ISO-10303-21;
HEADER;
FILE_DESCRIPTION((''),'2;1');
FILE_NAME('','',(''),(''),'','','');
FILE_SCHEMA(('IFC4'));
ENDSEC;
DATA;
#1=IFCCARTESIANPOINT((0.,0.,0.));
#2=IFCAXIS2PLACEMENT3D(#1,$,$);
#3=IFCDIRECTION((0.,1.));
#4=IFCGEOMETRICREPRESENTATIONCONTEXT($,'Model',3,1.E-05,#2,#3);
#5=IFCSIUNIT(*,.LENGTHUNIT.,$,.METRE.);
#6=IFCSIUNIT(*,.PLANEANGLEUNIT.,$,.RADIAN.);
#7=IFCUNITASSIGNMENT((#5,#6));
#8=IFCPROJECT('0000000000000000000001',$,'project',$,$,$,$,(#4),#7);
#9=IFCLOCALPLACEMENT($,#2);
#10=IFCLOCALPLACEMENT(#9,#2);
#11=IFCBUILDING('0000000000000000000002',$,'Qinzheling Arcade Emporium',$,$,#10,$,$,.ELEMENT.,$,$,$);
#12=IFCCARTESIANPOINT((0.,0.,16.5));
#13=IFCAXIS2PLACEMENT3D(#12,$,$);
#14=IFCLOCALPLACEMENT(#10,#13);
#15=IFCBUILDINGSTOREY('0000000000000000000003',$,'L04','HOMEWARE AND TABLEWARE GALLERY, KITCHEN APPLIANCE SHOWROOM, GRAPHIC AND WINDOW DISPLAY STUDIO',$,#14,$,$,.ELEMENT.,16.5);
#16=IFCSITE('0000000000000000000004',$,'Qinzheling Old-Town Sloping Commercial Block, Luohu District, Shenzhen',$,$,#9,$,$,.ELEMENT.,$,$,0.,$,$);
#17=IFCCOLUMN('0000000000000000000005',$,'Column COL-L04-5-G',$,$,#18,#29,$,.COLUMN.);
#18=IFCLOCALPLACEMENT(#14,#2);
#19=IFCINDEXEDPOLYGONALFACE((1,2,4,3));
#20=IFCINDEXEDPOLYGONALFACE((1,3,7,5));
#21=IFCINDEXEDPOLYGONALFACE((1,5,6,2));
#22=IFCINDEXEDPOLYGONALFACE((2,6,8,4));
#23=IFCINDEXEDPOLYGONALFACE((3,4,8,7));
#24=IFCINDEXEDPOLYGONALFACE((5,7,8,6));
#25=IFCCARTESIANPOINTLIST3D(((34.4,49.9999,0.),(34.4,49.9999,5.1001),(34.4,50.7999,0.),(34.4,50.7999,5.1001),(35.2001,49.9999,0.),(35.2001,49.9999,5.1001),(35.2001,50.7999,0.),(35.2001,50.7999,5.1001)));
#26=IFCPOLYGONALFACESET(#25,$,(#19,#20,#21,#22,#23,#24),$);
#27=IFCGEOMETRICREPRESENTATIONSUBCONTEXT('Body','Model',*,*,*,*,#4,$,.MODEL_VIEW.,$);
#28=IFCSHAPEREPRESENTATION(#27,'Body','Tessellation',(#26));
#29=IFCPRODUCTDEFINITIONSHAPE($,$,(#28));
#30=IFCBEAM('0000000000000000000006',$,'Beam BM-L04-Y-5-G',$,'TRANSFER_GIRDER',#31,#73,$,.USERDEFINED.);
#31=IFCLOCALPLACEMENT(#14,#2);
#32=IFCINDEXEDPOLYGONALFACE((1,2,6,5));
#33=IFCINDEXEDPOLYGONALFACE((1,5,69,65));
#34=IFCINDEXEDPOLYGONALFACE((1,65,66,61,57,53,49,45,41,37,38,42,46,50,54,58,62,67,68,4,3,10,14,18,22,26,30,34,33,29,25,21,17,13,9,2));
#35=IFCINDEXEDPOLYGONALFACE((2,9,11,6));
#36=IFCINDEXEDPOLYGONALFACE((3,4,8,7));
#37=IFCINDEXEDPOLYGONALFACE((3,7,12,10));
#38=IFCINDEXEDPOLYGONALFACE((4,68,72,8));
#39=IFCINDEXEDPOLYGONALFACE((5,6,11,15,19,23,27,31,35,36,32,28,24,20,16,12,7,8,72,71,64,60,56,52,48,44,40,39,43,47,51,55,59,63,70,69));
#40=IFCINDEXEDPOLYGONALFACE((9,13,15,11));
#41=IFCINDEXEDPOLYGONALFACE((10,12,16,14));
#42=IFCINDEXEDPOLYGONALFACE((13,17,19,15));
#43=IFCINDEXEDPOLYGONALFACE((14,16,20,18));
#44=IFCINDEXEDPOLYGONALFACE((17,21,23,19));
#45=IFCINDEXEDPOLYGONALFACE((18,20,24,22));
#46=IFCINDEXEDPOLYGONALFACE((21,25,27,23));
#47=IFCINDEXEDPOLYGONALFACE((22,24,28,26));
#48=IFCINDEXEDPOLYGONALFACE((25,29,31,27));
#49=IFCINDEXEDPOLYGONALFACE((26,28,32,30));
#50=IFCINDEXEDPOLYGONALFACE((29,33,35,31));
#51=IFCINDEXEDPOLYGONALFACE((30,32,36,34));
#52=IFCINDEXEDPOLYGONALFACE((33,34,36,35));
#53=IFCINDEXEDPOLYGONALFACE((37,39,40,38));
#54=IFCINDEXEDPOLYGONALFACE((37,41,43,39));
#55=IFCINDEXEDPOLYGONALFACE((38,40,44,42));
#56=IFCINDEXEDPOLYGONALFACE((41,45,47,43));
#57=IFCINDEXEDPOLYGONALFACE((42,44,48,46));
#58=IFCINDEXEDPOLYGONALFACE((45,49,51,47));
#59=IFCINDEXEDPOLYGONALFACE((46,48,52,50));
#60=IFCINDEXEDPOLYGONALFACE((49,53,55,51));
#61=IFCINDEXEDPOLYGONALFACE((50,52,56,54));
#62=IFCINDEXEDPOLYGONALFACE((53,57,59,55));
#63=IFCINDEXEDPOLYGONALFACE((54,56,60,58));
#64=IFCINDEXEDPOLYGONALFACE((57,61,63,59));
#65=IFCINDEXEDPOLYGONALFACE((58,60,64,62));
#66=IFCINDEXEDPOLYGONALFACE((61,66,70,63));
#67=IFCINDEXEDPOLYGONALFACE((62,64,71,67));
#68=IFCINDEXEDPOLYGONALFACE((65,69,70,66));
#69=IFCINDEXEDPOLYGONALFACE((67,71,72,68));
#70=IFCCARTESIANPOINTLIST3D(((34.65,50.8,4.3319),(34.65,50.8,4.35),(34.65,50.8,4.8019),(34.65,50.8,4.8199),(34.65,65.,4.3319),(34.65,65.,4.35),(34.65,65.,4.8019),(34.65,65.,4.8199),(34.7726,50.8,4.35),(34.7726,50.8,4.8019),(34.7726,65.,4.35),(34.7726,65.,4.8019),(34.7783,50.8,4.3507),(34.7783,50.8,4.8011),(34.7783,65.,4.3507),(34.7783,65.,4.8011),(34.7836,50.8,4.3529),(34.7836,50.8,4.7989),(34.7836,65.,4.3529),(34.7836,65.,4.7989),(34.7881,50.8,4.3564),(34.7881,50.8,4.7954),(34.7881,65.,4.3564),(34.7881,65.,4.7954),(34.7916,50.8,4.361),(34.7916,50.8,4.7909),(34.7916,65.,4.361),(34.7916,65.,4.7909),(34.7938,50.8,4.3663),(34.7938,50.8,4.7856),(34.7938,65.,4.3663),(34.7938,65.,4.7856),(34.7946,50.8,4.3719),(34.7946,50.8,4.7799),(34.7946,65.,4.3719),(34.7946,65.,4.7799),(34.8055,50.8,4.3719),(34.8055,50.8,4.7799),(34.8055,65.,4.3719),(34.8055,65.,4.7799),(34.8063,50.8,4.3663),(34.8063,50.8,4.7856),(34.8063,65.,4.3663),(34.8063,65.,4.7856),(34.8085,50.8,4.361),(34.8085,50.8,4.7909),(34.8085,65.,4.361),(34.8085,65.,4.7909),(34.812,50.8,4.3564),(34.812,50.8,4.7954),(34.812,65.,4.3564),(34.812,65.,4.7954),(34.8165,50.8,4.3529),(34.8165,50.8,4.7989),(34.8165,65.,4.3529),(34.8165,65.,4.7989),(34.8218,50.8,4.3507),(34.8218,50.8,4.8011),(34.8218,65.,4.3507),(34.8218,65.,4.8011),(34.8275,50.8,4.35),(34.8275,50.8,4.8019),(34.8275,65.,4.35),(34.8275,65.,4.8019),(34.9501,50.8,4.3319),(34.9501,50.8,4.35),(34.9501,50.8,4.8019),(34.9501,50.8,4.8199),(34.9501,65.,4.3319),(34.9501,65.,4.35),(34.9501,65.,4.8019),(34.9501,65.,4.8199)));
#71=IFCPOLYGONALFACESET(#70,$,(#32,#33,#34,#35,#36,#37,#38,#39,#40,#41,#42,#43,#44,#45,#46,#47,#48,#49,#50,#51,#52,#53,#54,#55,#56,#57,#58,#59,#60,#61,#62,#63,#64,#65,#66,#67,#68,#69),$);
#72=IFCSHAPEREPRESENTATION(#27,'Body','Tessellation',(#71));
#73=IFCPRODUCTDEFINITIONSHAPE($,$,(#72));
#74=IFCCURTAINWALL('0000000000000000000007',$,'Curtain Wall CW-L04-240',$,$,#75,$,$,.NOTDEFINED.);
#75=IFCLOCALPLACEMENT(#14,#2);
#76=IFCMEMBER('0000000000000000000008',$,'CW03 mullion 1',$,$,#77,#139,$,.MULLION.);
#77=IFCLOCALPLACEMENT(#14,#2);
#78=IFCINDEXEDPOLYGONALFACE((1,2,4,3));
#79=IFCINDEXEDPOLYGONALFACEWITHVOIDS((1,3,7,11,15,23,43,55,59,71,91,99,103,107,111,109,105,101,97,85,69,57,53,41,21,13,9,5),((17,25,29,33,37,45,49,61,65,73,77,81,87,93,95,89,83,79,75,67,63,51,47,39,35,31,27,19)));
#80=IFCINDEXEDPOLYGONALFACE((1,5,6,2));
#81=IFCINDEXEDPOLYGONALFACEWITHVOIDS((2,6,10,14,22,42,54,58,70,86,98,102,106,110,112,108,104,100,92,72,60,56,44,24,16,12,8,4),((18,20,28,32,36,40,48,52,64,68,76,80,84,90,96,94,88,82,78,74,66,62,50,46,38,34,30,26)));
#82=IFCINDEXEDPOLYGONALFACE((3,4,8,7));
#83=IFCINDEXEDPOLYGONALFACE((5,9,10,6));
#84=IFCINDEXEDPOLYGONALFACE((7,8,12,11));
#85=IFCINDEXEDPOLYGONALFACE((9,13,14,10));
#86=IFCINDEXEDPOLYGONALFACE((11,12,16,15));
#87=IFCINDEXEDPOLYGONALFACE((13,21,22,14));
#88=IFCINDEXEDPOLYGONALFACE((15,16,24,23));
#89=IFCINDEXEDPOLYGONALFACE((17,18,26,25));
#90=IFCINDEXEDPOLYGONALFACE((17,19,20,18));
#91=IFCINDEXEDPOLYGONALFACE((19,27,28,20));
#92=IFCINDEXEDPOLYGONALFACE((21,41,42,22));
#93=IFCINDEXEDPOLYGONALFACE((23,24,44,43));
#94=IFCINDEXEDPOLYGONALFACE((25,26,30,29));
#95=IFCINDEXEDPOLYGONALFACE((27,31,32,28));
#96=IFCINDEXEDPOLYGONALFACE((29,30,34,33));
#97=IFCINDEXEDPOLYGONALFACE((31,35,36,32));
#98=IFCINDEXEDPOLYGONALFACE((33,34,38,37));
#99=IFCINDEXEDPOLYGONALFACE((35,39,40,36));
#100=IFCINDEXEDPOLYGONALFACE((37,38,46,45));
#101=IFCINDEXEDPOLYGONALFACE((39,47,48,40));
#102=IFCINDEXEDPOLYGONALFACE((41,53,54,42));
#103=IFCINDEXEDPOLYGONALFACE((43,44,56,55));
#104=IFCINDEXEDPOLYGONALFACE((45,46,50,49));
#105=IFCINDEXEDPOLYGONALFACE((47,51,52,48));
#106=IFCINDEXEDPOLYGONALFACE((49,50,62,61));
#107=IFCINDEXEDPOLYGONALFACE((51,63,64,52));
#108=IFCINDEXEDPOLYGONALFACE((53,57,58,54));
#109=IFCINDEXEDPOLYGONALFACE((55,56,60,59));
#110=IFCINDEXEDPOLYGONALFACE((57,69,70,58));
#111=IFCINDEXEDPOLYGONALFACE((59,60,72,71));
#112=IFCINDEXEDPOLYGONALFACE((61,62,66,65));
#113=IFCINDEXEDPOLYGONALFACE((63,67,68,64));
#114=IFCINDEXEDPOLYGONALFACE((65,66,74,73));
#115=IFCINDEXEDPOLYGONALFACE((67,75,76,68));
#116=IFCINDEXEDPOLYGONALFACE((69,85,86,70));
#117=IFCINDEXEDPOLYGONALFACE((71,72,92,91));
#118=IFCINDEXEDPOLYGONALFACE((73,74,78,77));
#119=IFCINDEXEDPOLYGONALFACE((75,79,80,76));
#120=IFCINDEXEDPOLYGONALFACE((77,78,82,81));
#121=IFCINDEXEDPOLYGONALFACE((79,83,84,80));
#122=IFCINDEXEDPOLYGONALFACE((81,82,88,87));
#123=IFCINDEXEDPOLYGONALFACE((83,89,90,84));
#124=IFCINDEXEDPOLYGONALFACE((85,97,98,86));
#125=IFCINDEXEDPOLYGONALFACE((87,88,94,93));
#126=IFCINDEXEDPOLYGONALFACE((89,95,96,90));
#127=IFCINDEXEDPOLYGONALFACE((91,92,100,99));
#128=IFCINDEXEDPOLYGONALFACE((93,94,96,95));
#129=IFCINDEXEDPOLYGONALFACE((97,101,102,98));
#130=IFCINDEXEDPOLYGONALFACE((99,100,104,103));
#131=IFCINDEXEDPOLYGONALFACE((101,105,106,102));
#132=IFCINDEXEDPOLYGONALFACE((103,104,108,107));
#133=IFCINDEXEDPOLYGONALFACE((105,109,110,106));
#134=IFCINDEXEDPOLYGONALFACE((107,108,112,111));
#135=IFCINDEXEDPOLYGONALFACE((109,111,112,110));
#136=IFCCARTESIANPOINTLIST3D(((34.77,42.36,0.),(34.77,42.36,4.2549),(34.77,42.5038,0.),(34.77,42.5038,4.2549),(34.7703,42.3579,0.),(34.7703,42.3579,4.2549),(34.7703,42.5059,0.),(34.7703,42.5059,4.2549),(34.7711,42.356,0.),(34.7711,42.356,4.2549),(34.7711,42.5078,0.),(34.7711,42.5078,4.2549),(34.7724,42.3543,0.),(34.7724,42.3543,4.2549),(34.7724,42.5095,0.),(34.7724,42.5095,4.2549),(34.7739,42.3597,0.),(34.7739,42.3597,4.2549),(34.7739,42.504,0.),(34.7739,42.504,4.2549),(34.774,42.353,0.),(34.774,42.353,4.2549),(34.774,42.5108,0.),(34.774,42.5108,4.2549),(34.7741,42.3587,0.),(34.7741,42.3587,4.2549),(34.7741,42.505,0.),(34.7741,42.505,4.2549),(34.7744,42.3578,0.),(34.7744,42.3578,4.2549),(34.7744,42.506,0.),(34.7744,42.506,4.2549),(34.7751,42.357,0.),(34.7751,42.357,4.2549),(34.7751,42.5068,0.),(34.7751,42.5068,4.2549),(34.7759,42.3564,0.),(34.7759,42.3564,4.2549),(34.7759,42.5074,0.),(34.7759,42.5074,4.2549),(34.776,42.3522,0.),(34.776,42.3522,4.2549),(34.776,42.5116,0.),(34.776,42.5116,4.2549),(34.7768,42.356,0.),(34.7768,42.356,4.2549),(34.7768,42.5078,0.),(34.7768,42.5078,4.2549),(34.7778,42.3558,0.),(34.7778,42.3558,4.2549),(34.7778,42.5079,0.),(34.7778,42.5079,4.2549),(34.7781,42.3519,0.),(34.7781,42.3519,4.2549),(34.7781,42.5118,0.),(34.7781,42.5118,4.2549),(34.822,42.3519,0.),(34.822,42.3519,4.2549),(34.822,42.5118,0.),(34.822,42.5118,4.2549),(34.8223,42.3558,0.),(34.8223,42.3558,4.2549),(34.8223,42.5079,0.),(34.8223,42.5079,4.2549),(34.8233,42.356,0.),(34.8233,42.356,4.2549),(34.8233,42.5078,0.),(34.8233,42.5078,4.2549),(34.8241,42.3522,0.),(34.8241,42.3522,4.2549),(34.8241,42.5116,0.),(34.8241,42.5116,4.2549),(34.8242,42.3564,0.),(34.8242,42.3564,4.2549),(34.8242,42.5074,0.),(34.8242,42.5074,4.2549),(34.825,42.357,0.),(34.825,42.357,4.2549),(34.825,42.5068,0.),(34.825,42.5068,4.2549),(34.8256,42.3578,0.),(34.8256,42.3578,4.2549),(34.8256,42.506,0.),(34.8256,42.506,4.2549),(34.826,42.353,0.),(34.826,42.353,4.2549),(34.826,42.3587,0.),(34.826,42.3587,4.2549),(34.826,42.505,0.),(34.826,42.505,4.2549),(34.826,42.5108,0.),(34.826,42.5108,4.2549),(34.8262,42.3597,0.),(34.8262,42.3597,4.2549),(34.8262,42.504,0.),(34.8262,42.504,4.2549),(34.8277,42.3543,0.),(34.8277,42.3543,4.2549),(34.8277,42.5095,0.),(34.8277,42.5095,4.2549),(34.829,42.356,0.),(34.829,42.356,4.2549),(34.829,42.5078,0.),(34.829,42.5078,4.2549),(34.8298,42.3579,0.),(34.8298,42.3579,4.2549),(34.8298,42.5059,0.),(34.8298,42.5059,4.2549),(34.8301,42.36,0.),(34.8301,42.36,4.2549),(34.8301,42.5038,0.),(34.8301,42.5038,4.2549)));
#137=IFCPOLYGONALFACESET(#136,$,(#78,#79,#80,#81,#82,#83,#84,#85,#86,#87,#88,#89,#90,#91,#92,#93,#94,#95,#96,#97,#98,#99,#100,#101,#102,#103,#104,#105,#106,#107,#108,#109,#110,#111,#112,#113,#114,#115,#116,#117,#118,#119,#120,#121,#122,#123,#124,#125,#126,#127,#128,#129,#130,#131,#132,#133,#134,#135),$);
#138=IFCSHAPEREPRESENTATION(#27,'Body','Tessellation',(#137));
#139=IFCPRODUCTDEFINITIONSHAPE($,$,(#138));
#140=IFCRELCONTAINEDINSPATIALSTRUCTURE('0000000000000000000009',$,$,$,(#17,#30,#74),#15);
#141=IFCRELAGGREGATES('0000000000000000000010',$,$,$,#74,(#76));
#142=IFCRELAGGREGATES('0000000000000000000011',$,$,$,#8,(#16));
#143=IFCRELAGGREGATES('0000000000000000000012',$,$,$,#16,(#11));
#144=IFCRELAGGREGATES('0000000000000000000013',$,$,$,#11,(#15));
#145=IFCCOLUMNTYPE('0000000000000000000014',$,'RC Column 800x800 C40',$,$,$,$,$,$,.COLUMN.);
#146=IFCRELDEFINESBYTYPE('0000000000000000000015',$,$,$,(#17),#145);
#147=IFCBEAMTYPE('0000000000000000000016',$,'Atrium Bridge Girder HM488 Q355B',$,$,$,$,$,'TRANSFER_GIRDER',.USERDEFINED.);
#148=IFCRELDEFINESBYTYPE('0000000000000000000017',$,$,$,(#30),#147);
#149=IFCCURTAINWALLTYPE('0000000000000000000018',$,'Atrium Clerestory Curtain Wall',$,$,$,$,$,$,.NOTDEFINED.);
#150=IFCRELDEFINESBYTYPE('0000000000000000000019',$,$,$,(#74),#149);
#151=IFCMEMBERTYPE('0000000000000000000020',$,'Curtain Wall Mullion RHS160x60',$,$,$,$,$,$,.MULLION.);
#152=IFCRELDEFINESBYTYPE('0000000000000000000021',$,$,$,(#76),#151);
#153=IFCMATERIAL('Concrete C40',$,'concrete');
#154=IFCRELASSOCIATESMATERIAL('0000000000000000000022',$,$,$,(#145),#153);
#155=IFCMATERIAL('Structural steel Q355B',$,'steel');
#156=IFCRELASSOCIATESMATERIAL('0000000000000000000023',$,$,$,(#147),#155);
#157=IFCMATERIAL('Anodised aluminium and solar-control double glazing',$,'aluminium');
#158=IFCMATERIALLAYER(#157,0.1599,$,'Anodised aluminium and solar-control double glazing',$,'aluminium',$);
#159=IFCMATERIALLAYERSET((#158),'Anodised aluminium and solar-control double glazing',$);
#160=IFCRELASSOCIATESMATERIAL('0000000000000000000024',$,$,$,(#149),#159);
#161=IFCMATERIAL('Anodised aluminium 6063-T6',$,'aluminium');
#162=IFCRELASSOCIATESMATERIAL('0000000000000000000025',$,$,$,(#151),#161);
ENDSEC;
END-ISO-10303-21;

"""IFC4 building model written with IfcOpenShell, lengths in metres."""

from ifc_helpers import new_model, si_unit, direction, frame, origin, origin_2d, place, context, subcontext, project, spatial, rectangle, hollow_rectangle, i_section, extrude, material, layer, layer_set, material_profile, profile_set, type_object, element, aggregate, save


model = new_model("IFC4")

# Units and contexts
model_context = context("Model", 3, precision=1e-05, world=origin(), true_north=direction((0.0, 1.0)))
body_context = subcontext(model_context, "Body", "Model", "MODEL_VIEW")
ifc_project = project(units=[si_unit("LENGTHUNIT", "METRE"), si_unit("PLANEANGLEUNIT", "RADIAN")], contexts=[model_context])

# Site, building, storey
site_placement = place(None, origin())
site = spatial("IfcSite", under=ifc_project, at=site_placement, Name="Qinzheling Old-Town Sloping Commercial Block, Luohu District, Shenzhen", CompositionType="ELEMENT", RefElevation=0.0)
building_placement = place(site_placement, origin())
building = spatial("IfcBuilding", under=site, at=building_placement, Name="Qinzheling Arcade Emporium", CompositionType="ELEMENT")
storey_placement = place(building_placement, frame((0.0, 0.0, 16.5)))
storey = spatial("IfcBuildingStorey", under=building, at=storey_placement, Name="L04", Description="HOMEWARE AND TABLEWARE GALLERY, KITCHEN APPLIANCE SHOWROOM, GRAPHIC AND WINDOW DISPLAY STUDIO", CompositionType="ELEMENT", Elevation=16.5)

# Column
ifc_material_1 = material(Name="Concrete C40", Category="concrete")
ifc_material_profile_1 = material_profile(ifc_material_1, rectangle(XDim=0.8, YDim=0.8, at=origin_2d()), Name="RC 800x800", Category="concrete")
ifc_profile_set_1 = profile_set([ifc_material_profile_1], Name="Concrete C40")
column_type = type_object("IfcColumnType", Name="RC Column 800x800 C40", PredefinedType="COLUMN", material=ifc_profile_set_1)
column_placement = place(storey_placement, frame((34.8, 50.3999, 0.0), z_axis=(0.0, 0.0, 1.0), x_axis=(1.0, 0.0, 0.0)))
element("IfcColumn", 1, at=column_placement, inside=storey, type_object=column_type, Name="Column COL-L04-5-G", PredefinedType="COLUMN", context=body_context, shape_type="SweptSolid", body=[
    extrude(rectangle(XDim=0.8, YDim=0.8, at=origin_2d()), origin(), (0.0, 0.0, 1.0), 5.1001),
])

# Beam
ifc_material_2 = material(Name="Structural steel Q355B", Category="steel")
ifc_material_profile_2 = material_profile(ifc_material_2, i_section(OverallWidth=0.3, OverallDepth=0.488, WebThickness=0.011, FlangeThickness=0.0181, FilletRadius=0.022, at=origin_2d()), Name="HM 488x300x11x18", Category="steel")
ifc_profile_set_2 = profile_set([ifc_material_profile_2], Name="Structural steel Q355B")
beam_type_1 = type_object("IfcBeamType", Name="Atrium Bridge Girder HM488 Q355B", ElementType="TRANSFER_GIRDER", PredefinedType="USERDEFINED", material=ifc_profile_set_2)
beam_1_placement = place(storey_placement, frame((34.8, 50.8, 4.5759), z_axis=(0.0, 1.0, 0.0), x_axis=(-1.0, 0.0, 0.0)))
element("IfcBeam", 2, at=beam_1_placement, inside=storey, type_object=beam_type_1, Name="Beam BM-L04-Y-5-G", ObjectType="TRANSFER_GIRDER", PredefinedType="USERDEFINED", context=body_context, shape_type="SweptSolid", body=[
    extrude(i_section(OverallWidth=0.3, OverallDepth=0.488, WebThickness=0.011, FlangeThickness=0.0181, FilletRadius=0.022, at=origin_2d()), origin(), (0.0, 0.0, 1.0), 14.2),
])

# Curtain wall, member
ifc_material_3 = material(Name="Anodised aluminium and solar-control double glazing", Category="aluminium")
ifc_layer_1 = layer(ifc_material_3, 0.1599, Name="Anodised aluminium and solar-control double glazing", Category="aluminium")
ifc_layer_set_1 = layer_set([ifc_layer_1], Name="Anodised aluminium and solar-control double glazing")
curtain_wall_type = type_object("IfcCurtainWallType", Name="Atrium Clerestory Curtain Wall", PredefinedType="NOTDEFINED", material=ifc_layer_set_1)
curtain_wall_1_placement = place(storey_placement, origin())
curtain_wall_1 = element("IfcCurtainWall", 3, at=curtain_wall_1_placement, inside=storey, type_object=curtain_wall_type, Name="Curtain Wall CW-L04-240", PredefinedType="NOTDEFINED")
ifc_material_4 = material(Name="Anodised aluminium 6063-T6", Category="aluminium")
ifc_material_profile_3 = material_profile(ifc_material_4, hollow_rectangle(XDim=0.0601, YDim=0.1599, WallThickness=0.0039, InnerFilletRadius=0.0039, OuterFilletRadius=0.0081, at=origin_2d()), Name="RHS 160x60x4", Category="aluminium")
ifc_profile_set_3 = profile_set([ifc_material_profile_3], Name="Anodised aluminium 6063-T6")
member_type_1 = type_object("IfcMemberType", Name="Curtain Wall Mullion RHS160x60", PredefinedType="MULLION", material=ifc_profile_set_3)
member_1_placement = place(storey_placement, frame((34.8, 42.4319, 0.0), z_axis=(0.0, 0.0, 1.0), x_axis=(-1.0, 0.0, 0.0)))
member_1 = element("IfcMember", 4, at=member_1_placement, type_object=member_type_1, Name="CW03 mullion 1", PredefinedType="MULLION", context=body_context, shape_type="SweptSolid", body=[
    extrude(hollow_rectangle(XDim=0.0601, YDim=0.1599, WallThickness=0.0039, InnerFilletRadius=0.0039, OuterFilletRadius=0.0081, at=origin_2d()), origin(), (0.0, 0.0, 1.0), 4.2549),
])

aggregate(curtain_wall_1, [member_1])

save(model, "model.ifc")
